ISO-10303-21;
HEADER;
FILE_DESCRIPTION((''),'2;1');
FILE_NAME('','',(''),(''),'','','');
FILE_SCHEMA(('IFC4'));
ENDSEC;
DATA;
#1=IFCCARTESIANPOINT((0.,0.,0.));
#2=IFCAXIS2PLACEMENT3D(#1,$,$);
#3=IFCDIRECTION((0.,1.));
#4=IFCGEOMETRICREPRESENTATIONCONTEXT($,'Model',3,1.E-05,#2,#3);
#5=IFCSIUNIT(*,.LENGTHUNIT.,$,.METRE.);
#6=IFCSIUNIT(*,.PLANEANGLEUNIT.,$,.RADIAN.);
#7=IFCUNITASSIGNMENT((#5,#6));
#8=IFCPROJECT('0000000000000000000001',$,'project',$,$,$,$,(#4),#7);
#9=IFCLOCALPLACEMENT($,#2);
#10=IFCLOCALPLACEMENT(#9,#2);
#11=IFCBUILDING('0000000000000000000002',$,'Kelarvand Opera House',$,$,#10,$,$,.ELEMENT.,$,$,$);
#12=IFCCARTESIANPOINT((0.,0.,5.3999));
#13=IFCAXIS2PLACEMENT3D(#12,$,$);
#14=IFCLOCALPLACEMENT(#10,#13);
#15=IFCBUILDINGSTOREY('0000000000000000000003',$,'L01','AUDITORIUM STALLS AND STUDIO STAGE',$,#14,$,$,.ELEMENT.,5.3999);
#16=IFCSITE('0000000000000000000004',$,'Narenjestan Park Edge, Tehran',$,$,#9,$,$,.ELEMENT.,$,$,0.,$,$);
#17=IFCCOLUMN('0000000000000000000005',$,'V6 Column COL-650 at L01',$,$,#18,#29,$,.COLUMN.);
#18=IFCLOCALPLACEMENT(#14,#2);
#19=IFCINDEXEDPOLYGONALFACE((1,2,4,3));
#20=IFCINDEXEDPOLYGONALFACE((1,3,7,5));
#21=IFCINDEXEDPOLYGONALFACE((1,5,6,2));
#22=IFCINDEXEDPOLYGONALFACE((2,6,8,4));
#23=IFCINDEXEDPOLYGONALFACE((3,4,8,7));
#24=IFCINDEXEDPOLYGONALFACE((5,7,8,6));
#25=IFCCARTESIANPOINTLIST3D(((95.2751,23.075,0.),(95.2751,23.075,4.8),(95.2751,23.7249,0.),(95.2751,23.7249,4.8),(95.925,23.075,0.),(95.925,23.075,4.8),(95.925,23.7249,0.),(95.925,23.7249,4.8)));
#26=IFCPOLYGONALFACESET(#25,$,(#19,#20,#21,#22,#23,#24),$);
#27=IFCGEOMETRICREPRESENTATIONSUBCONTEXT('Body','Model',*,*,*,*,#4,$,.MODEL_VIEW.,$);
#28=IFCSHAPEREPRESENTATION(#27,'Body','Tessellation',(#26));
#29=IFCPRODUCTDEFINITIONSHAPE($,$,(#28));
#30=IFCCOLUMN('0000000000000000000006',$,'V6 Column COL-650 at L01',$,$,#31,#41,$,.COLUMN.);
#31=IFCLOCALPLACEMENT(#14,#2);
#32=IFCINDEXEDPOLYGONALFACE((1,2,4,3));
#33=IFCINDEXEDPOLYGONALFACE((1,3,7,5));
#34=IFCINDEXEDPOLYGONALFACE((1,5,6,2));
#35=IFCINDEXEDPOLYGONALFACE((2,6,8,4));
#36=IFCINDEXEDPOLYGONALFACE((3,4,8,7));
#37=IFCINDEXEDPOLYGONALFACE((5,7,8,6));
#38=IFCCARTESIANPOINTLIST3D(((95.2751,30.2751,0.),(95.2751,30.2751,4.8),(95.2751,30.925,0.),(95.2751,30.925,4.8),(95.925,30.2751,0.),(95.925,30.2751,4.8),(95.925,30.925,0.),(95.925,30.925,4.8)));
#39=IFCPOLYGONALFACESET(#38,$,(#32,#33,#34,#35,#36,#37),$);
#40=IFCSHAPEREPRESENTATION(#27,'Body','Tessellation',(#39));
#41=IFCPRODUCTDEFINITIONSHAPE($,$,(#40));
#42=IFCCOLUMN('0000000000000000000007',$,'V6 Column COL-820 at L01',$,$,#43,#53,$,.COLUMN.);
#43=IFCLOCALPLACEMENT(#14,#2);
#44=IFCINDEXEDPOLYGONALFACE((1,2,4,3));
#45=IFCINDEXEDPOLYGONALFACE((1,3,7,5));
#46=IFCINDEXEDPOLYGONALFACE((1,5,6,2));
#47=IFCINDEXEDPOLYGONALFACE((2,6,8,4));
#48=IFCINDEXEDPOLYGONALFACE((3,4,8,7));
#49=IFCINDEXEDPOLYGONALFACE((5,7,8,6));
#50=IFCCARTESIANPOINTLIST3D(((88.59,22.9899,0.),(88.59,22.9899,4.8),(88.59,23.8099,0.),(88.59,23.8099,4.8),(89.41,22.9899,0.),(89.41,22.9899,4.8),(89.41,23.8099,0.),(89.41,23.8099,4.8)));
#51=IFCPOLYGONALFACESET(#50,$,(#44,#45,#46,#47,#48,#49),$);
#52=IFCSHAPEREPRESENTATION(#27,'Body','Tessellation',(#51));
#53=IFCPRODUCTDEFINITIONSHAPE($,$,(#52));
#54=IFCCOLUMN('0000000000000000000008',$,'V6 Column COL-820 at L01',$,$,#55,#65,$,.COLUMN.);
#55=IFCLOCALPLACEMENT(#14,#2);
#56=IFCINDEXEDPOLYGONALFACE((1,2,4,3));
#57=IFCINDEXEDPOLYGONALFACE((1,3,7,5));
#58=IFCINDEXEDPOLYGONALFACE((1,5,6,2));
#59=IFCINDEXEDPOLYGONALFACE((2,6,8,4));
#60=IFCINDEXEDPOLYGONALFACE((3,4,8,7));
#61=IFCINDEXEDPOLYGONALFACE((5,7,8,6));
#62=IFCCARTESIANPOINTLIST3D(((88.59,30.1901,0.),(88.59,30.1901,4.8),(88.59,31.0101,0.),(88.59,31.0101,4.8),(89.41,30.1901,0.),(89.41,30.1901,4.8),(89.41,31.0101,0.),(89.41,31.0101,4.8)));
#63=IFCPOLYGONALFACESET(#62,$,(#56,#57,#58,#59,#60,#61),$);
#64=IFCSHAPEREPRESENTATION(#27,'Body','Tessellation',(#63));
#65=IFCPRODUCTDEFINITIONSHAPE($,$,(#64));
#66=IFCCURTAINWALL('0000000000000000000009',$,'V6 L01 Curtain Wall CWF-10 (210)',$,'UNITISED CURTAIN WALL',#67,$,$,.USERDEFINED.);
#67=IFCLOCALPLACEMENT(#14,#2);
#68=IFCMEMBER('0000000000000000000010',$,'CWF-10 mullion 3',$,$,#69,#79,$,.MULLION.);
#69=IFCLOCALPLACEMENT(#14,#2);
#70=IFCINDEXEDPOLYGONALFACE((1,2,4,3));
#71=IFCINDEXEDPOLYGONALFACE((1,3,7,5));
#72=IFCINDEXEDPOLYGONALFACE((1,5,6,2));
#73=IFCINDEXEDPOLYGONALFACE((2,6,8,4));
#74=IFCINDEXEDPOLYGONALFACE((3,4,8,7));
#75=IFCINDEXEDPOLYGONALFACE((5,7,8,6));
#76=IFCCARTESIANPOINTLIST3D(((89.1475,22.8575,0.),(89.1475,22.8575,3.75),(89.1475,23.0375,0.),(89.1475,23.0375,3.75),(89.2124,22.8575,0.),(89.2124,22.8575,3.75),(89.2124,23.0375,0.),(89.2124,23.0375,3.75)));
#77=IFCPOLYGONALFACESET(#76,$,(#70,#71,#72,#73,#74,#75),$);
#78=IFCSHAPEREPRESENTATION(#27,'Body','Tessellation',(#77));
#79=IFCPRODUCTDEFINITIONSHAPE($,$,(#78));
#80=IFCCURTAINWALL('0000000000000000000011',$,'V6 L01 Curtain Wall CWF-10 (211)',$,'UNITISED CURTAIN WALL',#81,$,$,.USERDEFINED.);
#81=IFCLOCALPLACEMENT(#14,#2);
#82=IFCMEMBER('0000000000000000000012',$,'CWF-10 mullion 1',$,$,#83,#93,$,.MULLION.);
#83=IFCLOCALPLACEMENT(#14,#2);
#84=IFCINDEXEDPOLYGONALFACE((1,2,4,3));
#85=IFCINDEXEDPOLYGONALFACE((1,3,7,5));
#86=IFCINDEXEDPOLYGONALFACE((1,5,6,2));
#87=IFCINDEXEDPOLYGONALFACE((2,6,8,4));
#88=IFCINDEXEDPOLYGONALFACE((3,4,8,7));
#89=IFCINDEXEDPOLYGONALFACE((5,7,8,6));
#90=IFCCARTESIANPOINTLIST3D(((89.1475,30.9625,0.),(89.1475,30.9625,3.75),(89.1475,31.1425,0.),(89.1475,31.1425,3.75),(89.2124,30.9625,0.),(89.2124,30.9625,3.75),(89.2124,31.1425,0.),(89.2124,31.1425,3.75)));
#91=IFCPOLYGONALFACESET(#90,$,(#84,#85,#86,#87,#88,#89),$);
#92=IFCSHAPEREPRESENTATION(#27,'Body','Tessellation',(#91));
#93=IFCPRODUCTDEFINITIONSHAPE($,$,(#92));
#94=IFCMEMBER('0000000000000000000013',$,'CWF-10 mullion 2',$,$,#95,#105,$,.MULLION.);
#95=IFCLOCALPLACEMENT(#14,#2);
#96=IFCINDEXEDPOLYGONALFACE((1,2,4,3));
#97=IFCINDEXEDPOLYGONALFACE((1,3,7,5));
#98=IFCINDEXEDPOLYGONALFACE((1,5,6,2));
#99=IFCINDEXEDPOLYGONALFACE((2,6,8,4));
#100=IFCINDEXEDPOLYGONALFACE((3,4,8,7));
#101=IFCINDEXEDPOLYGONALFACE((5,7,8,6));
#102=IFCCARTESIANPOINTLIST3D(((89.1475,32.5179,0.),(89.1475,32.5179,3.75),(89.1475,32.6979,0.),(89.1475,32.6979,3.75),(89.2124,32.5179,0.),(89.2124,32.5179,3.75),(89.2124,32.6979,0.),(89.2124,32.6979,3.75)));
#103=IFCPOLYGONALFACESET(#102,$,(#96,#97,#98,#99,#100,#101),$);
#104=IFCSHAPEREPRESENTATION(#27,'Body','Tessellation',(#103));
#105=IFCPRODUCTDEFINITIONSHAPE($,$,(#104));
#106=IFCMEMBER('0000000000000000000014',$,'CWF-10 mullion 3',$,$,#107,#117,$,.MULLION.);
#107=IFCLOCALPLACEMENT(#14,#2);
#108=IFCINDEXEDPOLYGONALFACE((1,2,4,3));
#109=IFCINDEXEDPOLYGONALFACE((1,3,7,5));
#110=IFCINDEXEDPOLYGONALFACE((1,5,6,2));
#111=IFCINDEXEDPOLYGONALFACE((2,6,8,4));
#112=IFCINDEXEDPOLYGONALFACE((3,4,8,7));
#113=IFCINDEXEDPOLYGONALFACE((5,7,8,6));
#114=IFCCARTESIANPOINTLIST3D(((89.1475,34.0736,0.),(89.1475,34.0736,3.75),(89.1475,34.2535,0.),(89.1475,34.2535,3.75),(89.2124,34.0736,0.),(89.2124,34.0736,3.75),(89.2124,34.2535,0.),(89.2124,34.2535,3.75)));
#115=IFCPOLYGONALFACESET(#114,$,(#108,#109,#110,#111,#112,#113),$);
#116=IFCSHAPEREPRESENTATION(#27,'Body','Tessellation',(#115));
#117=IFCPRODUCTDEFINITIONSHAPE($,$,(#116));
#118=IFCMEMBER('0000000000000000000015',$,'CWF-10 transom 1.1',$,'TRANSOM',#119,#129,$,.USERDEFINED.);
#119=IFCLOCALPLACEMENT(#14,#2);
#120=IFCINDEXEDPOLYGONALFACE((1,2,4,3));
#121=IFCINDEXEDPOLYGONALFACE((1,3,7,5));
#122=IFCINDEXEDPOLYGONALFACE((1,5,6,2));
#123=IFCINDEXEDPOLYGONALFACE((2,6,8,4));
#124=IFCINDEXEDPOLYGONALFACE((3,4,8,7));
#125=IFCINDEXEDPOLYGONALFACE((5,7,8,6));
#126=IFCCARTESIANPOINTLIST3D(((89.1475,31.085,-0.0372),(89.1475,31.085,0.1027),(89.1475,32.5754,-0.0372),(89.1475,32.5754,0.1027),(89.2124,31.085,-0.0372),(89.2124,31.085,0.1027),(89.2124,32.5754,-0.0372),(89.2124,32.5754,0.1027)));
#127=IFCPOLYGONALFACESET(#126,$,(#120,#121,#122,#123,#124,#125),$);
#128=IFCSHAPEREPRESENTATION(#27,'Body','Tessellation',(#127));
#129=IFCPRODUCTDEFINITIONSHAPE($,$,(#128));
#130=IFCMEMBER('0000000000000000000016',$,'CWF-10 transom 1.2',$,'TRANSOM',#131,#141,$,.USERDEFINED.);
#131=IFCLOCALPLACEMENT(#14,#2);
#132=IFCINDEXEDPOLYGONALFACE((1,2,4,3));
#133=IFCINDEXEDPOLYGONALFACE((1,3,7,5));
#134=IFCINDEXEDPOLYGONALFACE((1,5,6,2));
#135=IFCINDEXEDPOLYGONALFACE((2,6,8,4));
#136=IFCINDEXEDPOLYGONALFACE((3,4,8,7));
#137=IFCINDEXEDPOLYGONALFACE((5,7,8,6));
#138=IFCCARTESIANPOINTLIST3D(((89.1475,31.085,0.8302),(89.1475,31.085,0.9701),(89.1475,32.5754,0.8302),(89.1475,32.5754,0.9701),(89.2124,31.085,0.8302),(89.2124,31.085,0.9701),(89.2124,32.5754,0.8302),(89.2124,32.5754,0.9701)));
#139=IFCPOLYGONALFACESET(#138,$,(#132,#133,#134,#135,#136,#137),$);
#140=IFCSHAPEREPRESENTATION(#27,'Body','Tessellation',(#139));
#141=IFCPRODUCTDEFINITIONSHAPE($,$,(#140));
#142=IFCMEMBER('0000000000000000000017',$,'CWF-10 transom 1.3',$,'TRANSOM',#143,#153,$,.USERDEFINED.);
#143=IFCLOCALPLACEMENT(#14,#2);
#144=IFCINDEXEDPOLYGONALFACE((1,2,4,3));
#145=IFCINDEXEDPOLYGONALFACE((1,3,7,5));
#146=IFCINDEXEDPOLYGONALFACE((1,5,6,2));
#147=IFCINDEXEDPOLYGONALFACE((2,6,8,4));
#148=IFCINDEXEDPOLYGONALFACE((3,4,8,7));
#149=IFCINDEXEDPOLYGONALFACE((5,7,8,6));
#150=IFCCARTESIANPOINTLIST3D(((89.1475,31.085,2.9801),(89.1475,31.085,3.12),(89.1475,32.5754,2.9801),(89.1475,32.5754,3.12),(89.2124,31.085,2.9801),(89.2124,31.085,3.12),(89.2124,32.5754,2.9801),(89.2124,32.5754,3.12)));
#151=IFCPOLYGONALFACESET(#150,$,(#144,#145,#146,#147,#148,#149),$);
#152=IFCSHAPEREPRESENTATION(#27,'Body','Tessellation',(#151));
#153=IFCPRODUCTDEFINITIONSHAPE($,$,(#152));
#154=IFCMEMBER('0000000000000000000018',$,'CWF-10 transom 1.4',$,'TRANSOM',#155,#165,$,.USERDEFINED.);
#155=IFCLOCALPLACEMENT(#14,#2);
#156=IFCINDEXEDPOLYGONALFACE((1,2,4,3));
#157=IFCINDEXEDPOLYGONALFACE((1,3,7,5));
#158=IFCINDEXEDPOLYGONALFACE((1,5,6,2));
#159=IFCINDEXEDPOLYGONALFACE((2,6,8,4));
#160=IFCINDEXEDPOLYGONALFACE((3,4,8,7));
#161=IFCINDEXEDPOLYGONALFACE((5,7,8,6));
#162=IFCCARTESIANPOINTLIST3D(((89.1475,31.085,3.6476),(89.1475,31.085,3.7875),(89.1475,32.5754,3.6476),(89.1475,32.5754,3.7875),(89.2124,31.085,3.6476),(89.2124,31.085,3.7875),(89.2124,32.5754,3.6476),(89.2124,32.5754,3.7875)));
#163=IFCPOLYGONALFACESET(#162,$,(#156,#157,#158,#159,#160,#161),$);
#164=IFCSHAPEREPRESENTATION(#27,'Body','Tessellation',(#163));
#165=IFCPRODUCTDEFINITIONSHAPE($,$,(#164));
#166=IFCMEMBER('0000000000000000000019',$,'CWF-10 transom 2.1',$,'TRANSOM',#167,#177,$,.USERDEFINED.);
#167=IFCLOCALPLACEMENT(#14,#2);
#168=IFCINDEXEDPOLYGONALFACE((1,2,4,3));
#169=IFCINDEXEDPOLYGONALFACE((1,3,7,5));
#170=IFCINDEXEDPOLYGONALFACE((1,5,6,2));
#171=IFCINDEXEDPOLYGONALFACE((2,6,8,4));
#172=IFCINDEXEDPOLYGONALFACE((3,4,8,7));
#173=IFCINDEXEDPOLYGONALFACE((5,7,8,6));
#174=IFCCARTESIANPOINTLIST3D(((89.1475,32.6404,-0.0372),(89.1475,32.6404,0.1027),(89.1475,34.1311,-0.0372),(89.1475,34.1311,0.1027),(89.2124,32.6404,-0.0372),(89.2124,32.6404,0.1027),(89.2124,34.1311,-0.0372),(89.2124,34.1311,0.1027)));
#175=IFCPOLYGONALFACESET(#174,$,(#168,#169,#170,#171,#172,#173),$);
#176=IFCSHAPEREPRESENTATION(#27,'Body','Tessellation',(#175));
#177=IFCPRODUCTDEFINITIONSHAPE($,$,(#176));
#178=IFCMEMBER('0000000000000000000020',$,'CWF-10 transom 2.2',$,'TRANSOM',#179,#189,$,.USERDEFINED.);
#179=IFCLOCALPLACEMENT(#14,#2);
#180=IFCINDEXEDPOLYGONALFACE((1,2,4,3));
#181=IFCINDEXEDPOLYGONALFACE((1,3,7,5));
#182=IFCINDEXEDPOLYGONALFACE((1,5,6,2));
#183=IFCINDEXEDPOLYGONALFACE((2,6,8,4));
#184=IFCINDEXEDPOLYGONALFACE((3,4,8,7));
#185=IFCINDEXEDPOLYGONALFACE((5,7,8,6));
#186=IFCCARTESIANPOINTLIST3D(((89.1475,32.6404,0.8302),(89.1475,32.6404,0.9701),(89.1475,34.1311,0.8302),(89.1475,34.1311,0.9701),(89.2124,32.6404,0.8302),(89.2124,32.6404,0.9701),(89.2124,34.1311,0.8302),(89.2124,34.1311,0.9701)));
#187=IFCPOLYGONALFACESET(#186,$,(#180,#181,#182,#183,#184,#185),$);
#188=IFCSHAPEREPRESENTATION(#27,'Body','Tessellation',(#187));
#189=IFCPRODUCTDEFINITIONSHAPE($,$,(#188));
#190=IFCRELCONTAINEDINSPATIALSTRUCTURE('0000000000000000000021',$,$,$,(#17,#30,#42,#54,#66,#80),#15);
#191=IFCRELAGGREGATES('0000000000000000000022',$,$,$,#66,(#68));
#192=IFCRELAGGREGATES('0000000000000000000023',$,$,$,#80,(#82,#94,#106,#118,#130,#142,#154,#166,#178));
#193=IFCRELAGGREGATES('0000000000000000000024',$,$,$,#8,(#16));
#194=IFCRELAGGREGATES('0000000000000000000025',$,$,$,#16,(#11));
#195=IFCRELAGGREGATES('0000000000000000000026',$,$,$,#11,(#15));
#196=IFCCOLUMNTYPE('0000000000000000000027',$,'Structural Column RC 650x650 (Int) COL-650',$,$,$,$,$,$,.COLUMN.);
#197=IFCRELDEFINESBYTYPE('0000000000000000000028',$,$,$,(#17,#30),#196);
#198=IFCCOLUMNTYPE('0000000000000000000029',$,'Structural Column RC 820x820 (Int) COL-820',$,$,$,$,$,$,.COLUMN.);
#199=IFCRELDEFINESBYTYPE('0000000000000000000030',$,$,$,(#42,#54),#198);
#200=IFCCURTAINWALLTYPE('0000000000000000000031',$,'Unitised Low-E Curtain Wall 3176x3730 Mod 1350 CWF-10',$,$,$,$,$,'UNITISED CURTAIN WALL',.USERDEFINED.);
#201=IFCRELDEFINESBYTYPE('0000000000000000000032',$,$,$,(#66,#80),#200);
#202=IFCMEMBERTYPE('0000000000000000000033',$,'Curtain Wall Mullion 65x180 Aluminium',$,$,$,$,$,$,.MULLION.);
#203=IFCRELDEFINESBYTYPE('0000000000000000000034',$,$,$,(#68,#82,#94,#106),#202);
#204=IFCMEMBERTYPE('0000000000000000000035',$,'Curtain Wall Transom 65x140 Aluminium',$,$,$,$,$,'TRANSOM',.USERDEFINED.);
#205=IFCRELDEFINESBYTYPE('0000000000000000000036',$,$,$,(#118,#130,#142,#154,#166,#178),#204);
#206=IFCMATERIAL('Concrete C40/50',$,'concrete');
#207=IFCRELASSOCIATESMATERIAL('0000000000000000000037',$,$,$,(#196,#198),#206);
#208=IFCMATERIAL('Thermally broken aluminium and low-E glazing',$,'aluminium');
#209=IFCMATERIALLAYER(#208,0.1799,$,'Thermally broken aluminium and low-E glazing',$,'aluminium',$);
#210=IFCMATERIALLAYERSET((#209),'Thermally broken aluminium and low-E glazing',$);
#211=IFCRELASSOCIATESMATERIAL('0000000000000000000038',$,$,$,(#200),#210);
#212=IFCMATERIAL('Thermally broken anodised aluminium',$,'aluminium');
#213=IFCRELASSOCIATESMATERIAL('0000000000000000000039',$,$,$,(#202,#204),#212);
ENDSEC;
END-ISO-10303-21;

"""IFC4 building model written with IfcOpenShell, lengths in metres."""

from ifc_helpers import new_model, si_unit, direction, frame, origin, origin_2d, place, context, subcontext, project, spatial, rectangle, extrude, material, layer, layer_set, material_profile, profile_set, type_object, element, aggregate, save


model = new_model("IFC4")

# Units and contexts
model_context = context("Model", 3, precision=1e-05, world=origin(), true_north=direction((0.0, 1.0)))
body_context = subcontext(model_context, "Body", "Model", "MODEL_VIEW")
ifc_project = project(units=[si_unit("LENGTHUNIT", "METRE"), si_unit("PLANEANGLEUNIT", "RADIAN")], contexts=[model_context])

# Site, building, storey
site_placement = place(None, origin())
site = spatial("IfcSite", under=ifc_project, at=site_placement, Name="Narenjestan Park Edge, Tehran", CompositionType="ELEMENT", RefElevation=0.0)
building_placement = place(site_placement, origin())
building = spatial("IfcBuilding", under=site, at=building_placement, Name="Kelarvand Opera House", CompositionType="ELEMENT")
storey_placement = place(building_placement, frame((0.0, 0.0, 5.3999)))
storey = spatial("IfcBuildingStorey", under=building, at=storey_placement, Name="L01", Description="AUDITORIUM STALLS AND STUDIO STAGE", CompositionType="ELEMENT", Elevation=5.3999)

# Columns
ifc_material_1 = material(Name="Concrete C40/50", Category="concrete")
ifc_material_profile_1 = material_profile(ifc_material_1, rectangle(XDim=0.6499, YDim=0.6499, at=origin_2d()), Name="RC 650x650", Category="concrete")
ifc_profile_set_1 = profile_set([ifc_material_profile_1], Name="Concrete C40/50")
column_type_1 = type_object("IfcColumnType", Name="Structural Column RC 650x650 (Int) COL-650", PredefinedType="COLUMN", material=ifc_profile_set_1)
for number, where, z_axis, x_axis, name in (
    (1, (95.6001, 23.3999, 0.0), (0.0, 0.0, 1.0), (1.0, 0.0, 0.0), "V6 Column COL-650 at L01"),
    (2, (95.6001, 30.6001, 0.0), (0.0, 0.0, 1.0), (1.0, 0.0, 0.0), "V6 Column COL-650 at L01"),
):
    element("IfcColumn", number, at=place(storey_placement, frame(where, z_axis=z_axis, x_axis=x_axis)), inside=storey, type_object=column_type_1, Name=name, PredefinedType="COLUMN", context=body_context, shape_type="SweptSolid", body=[
        extrude(rectangle(XDim=0.6499, YDim=0.6499, at=origin_2d()), origin(), (0.0, 0.0, 1.0), 4.8),
    ])
ifc_material_profile_2 = material_profile(ifc_material_1, rectangle(XDim=0.8201, YDim=0.8201, at=origin_2d()), Name="RC 820x820", Category="concrete")
ifc_profile_set_2 = profile_set([ifc_material_profile_2], Name="Concrete C40/50")
column_type_2 = type_object("IfcColumnType", Name="Structural Column RC 820x820 (Int) COL-820", PredefinedType="COLUMN", material=ifc_profile_set_2)
for number, where, z_axis, x_axis, name in (
    (3, (89.0, 23.3999, 0.0), (0.0, 0.0, 1.0), (1.0, 0.0, 0.0), "V6 Column COL-820 at L01"),
    (4, (89.0, 30.6001, 0.0), (0.0, 0.0, 1.0), (1.0, 0.0, 0.0), "V6 Column COL-820 at L01"),
):
    element("IfcColumn", number, at=place(storey_placement, frame(where, z_axis=z_axis, x_axis=x_axis)), inside=storey, type_object=column_type_2, Name=name, PredefinedType="COLUMN", context=body_context, shape_type="SweptSolid", body=[
        extrude(rectangle(XDim=0.8201, YDim=0.8201, at=origin_2d()), origin(), (0.0, 0.0, 1.0), 4.8),
    ])

# Curtain wall, member
ifc_material_2 = material(Name="Thermally broken aluminium and low-E glazing", Category="aluminium")
ifc_layer_1 = layer(ifc_material_2, 0.1799, Name="Thermally broken aluminium and low-E glazing", Category="aluminium")
ifc_layer_set_1 = layer_set([ifc_layer_1], Name="Thermally broken aluminium and low-E glazing")
curtain_wall_type = type_object("IfcCurtainWallType", Name="Unitised Low-E Curtain Wall 3176x3730 Mod 1350 CWF-10", ElementType="UNITISED CURTAIN WALL", PredefinedType="USERDEFINED", material=ifc_layer_set_1)
curtain_wall_1_placement = place(storey_placement, origin())
curtain_wall_1 = element("IfcCurtainWall", 5, at=curtain_wall_1_placement, inside=storey, type_object=curtain_wall_type, Name="V6 L01 Curtain Wall CWF-10 (210)", ObjectType="UNITISED CURTAIN WALL", PredefinedType="USERDEFINED")
ifc_material_3 = material(Name="Thermally broken anodised aluminium", Category="aluminium")
ifc_material_profile_3 = material_profile(ifc_material_3, rectangle(XDim=0.0649, YDim=0.1799, at=origin_2d()), Name="ALU MULLION 65x180", Category="aluminium")
ifc_profile_set_3 = profile_set([ifc_material_profile_3], Name="Thermally broken anodised aluminium")
member_type_1 = type_object("IfcMemberType", Name="Curtain Wall Mullion 65x180 Aluminium", PredefinedType="MULLION", material=ifc_profile_set_3)
member_1_placement = place(storey_placement, frame((89.1799, 22.9475, 0.0), z_axis=(0.0, 0.0, 1.0), x_axis=(-1.0, 0.0, 0.0)))
member_1 = element("IfcMember", 6, at=member_1_placement, type_object=member_type_1, Name="CWF-10 mullion 3", PredefinedType="MULLION", context=body_context, shape_type="SweptSolid", body=[
    extrude(rectangle(XDim=0.0649, YDim=0.1799, at=origin_2d()), origin(), (0.0, 0.0, 1.0), 3.75),
])
aggregate(curtain_wall_1, [member_1])

# Curtain wall, members
curtain_wall_2_placement = place(storey_placement, origin())
curtain_wall_2 = element("IfcCurtainWall", 7, at=curtain_wall_2_placement, inside=storey, type_object=curtain_wall_type, Name="V6 L01 Curtain Wall CWF-10 (211)", ObjectType="UNITISED CURTAIN WALL", PredefinedType="USERDEFINED")
member_2_placement = place(storey_placement, frame((89.1799, 31.0525, 0.0), z_axis=(0.0, 0.0, 1.0), x_axis=(-1.0, 0.0, 0.0)))
member_2 = element("IfcMember", 8, at=member_2_placement, type_object=member_type_1, Name="CWF-10 mullion 1", PredefinedType="MULLION", context=body_context, shape_type="SweptSolid", body=[
    extrude(rectangle(XDim=0.0649, YDim=0.1799, at=origin_2d()), origin(), (0.0, 0.0, 1.0), 3.75),
])
member_3_placement = place(storey_placement, frame((89.1799, 32.6079, 0.0), z_axis=(0.0, 0.0, 1.0), x_axis=(-1.0, 0.0, 0.0)))
member_3 = element("IfcMember", 9, at=member_3_placement, type_object=member_type_1, Name="CWF-10 mullion 2", PredefinedType="MULLION", context=body_context, shape_type="SweptSolid", body=[
    extrude(rectangle(XDim=0.0649, YDim=0.1799, at=origin_2d()), origin(), (0.0, 0.0, 1.0), 3.75),
])
member_4_placement = place(storey_placement, frame((89.1799, 34.1636, 0.0), z_axis=(0.0, 0.0, 1.0), x_axis=(-1.0, 0.0, 0.0)))
member_4 = element("IfcMember", 10, at=member_4_placement, type_object=member_type_1, Name="CWF-10 mullion 3", PredefinedType="MULLION", context=body_context, shape_type="SweptSolid", body=[
    extrude(rectangle(XDim=0.0649, YDim=0.1799, at=origin_2d()), origin(), (0.0, 0.0, 1.0), 3.75),
])
ifc_material_profile_4 = material_profile(ifc_material_3, rectangle(XDim=0.0649, YDim=0.1399, at=origin_2d()), Name="ALU TRANSOM 65x140", Category="aluminium")
ifc_profile_set_4 = profile_set([ifc_material_profile_4], Name="Thermally broken anodised aluminium")
member_type_2 = type_object("IfcMemberType", Name="Curtain Wall Transom 65x140 Aluminium", ElementType="TRANSOM", PredefinedType="USERDEFINED", material=ifc_profile_set_4)
member_5_placement = place(storey_placement, frame((89.1799, 31.085, 0.0327), z_axis=(0.0, 1.0, 0.0), x_axis=(-1.0, 0.0, 0.0)))
member_5 = element("IfcMember", 11, at=member_5_placement, type_object=member_type_2, Name="CWF-10 transom 1.1", ObjectType="TRANSOM", PredefinedType="USERDEFINED", context=body_context, shape_type="SweptSolid", body=[
    extrude(rectangle(XDim=0.0649, YDim=0.1399, at=origin_2d()), origin(), (0.0, 0.0, 1.0), 1.4905),
])
member_6_placement = place(storey_placement, frame((89.1799, 31.085, 0.9001), z_axis=(0.0, 1.0, 0.0), x_axis=(-1.0, 0.0, 0.0)))
member_6 = element("IfcMember", 12, at=member_6_placement, type_object=member_type_2, Name="CWF-10 transom 1.2", ObjectType="TRANSOM", PredefinedType="USERDEFINED", context=body_context, shape_type="SweptSolid", body=[
    extrude(rectangle(XDim=0.0649, YDim=0.1399, at=origin_2d()), origin(), (0.0, 0.0, 1.0), 1.4905),
])
member_7_placement = place(storey_placement, frame((89.1799, 31.085, 3.05), z_axis=(0.0, 1.0, 0.0), x_axis=(-1.0, 0.0, 0.0)))
member_7 = element("IfcMember", 13, at=member_7_placement, type_object=member_type_2, Name="CWF-10 transom 1.3", ObjectType="TRANSOM", PredefinedType="USERDEFINED", context=body_context, shape_type="SweptSolid", body=[
    extrude(rectangle(XDim=0.0649, YDim=0.1399, at=origin_2d()), origin(), (0.0, 0.0, 1.0), 1.4905),
])
member_8_placement = place(storey_placement, frame((89.1799, 31.085, 3.7175), z_axis=(0.0, 1.0, 0.0), x_axis=(-1.0, 0.0, 0.0)))
member_8 = element("IfcMember", 14, at=member_8_placement, type_object=member_type_2, Name="CWF-10 transom 1.4", ObjectType="TRANSOM", PredefinedType="USERDEFINED", context=body_context, shape_type="SweptSolid", body=[
    extrude(rectangle(XDim=0.0649, YDim=0.1399, at=origin_2d()), origin(), (0.0, 0.0, 1.0), 1.4905),
])
member_9_placement = place(storey_placement, frame((89.1799, 32.6404, 0.0327), z_axis=(0.0, 1.0, 0.0), x_axis=(-1.0, 0.0, 0.0)))
member_9 = element("IfcMember", 15, at=member_9_placement, type_object=member_type_2, Name="CWF-10 transom 2.1", ObjectType="TRANSOM", PredefinedType="USERDEFINED", context=body_context, shape_type="SweptSolid", body=[
    extrude(rectangle(XDim=0.0649, YDim=0.1399, at=origin_2d()), origin(), (0.0, 0.0, 1.0), 1.4907),
])
member_10_placement = place(storey_placement, frame((89.1799, 32.6404, 0.9001), z_axis=(0.0, 1.0, 0.0), x_axis=(-1.0, 0.0, 0.0)))
member_10 = element("IfcMember", 16, at=member_10_placement, type_object=member_type_2, Name="CWF-10 transom 2.2", ObjectType="TRANSOM", PredefinedType="USERDEFINED", context=body_context, shape_type="SweptSolid", body=[
    extrude(rectangle(XDim=0.0649, YDim=0.1399, at=origin_2d()), origin(), (0.0, 0.0, 1.0), 1.4907),
])

aggregate(curtain_wall_2, [member_2, member_3, member_4, member_5, member_6, member_7, member_8, member_9, member_10])

save(model, "model.ifc")
